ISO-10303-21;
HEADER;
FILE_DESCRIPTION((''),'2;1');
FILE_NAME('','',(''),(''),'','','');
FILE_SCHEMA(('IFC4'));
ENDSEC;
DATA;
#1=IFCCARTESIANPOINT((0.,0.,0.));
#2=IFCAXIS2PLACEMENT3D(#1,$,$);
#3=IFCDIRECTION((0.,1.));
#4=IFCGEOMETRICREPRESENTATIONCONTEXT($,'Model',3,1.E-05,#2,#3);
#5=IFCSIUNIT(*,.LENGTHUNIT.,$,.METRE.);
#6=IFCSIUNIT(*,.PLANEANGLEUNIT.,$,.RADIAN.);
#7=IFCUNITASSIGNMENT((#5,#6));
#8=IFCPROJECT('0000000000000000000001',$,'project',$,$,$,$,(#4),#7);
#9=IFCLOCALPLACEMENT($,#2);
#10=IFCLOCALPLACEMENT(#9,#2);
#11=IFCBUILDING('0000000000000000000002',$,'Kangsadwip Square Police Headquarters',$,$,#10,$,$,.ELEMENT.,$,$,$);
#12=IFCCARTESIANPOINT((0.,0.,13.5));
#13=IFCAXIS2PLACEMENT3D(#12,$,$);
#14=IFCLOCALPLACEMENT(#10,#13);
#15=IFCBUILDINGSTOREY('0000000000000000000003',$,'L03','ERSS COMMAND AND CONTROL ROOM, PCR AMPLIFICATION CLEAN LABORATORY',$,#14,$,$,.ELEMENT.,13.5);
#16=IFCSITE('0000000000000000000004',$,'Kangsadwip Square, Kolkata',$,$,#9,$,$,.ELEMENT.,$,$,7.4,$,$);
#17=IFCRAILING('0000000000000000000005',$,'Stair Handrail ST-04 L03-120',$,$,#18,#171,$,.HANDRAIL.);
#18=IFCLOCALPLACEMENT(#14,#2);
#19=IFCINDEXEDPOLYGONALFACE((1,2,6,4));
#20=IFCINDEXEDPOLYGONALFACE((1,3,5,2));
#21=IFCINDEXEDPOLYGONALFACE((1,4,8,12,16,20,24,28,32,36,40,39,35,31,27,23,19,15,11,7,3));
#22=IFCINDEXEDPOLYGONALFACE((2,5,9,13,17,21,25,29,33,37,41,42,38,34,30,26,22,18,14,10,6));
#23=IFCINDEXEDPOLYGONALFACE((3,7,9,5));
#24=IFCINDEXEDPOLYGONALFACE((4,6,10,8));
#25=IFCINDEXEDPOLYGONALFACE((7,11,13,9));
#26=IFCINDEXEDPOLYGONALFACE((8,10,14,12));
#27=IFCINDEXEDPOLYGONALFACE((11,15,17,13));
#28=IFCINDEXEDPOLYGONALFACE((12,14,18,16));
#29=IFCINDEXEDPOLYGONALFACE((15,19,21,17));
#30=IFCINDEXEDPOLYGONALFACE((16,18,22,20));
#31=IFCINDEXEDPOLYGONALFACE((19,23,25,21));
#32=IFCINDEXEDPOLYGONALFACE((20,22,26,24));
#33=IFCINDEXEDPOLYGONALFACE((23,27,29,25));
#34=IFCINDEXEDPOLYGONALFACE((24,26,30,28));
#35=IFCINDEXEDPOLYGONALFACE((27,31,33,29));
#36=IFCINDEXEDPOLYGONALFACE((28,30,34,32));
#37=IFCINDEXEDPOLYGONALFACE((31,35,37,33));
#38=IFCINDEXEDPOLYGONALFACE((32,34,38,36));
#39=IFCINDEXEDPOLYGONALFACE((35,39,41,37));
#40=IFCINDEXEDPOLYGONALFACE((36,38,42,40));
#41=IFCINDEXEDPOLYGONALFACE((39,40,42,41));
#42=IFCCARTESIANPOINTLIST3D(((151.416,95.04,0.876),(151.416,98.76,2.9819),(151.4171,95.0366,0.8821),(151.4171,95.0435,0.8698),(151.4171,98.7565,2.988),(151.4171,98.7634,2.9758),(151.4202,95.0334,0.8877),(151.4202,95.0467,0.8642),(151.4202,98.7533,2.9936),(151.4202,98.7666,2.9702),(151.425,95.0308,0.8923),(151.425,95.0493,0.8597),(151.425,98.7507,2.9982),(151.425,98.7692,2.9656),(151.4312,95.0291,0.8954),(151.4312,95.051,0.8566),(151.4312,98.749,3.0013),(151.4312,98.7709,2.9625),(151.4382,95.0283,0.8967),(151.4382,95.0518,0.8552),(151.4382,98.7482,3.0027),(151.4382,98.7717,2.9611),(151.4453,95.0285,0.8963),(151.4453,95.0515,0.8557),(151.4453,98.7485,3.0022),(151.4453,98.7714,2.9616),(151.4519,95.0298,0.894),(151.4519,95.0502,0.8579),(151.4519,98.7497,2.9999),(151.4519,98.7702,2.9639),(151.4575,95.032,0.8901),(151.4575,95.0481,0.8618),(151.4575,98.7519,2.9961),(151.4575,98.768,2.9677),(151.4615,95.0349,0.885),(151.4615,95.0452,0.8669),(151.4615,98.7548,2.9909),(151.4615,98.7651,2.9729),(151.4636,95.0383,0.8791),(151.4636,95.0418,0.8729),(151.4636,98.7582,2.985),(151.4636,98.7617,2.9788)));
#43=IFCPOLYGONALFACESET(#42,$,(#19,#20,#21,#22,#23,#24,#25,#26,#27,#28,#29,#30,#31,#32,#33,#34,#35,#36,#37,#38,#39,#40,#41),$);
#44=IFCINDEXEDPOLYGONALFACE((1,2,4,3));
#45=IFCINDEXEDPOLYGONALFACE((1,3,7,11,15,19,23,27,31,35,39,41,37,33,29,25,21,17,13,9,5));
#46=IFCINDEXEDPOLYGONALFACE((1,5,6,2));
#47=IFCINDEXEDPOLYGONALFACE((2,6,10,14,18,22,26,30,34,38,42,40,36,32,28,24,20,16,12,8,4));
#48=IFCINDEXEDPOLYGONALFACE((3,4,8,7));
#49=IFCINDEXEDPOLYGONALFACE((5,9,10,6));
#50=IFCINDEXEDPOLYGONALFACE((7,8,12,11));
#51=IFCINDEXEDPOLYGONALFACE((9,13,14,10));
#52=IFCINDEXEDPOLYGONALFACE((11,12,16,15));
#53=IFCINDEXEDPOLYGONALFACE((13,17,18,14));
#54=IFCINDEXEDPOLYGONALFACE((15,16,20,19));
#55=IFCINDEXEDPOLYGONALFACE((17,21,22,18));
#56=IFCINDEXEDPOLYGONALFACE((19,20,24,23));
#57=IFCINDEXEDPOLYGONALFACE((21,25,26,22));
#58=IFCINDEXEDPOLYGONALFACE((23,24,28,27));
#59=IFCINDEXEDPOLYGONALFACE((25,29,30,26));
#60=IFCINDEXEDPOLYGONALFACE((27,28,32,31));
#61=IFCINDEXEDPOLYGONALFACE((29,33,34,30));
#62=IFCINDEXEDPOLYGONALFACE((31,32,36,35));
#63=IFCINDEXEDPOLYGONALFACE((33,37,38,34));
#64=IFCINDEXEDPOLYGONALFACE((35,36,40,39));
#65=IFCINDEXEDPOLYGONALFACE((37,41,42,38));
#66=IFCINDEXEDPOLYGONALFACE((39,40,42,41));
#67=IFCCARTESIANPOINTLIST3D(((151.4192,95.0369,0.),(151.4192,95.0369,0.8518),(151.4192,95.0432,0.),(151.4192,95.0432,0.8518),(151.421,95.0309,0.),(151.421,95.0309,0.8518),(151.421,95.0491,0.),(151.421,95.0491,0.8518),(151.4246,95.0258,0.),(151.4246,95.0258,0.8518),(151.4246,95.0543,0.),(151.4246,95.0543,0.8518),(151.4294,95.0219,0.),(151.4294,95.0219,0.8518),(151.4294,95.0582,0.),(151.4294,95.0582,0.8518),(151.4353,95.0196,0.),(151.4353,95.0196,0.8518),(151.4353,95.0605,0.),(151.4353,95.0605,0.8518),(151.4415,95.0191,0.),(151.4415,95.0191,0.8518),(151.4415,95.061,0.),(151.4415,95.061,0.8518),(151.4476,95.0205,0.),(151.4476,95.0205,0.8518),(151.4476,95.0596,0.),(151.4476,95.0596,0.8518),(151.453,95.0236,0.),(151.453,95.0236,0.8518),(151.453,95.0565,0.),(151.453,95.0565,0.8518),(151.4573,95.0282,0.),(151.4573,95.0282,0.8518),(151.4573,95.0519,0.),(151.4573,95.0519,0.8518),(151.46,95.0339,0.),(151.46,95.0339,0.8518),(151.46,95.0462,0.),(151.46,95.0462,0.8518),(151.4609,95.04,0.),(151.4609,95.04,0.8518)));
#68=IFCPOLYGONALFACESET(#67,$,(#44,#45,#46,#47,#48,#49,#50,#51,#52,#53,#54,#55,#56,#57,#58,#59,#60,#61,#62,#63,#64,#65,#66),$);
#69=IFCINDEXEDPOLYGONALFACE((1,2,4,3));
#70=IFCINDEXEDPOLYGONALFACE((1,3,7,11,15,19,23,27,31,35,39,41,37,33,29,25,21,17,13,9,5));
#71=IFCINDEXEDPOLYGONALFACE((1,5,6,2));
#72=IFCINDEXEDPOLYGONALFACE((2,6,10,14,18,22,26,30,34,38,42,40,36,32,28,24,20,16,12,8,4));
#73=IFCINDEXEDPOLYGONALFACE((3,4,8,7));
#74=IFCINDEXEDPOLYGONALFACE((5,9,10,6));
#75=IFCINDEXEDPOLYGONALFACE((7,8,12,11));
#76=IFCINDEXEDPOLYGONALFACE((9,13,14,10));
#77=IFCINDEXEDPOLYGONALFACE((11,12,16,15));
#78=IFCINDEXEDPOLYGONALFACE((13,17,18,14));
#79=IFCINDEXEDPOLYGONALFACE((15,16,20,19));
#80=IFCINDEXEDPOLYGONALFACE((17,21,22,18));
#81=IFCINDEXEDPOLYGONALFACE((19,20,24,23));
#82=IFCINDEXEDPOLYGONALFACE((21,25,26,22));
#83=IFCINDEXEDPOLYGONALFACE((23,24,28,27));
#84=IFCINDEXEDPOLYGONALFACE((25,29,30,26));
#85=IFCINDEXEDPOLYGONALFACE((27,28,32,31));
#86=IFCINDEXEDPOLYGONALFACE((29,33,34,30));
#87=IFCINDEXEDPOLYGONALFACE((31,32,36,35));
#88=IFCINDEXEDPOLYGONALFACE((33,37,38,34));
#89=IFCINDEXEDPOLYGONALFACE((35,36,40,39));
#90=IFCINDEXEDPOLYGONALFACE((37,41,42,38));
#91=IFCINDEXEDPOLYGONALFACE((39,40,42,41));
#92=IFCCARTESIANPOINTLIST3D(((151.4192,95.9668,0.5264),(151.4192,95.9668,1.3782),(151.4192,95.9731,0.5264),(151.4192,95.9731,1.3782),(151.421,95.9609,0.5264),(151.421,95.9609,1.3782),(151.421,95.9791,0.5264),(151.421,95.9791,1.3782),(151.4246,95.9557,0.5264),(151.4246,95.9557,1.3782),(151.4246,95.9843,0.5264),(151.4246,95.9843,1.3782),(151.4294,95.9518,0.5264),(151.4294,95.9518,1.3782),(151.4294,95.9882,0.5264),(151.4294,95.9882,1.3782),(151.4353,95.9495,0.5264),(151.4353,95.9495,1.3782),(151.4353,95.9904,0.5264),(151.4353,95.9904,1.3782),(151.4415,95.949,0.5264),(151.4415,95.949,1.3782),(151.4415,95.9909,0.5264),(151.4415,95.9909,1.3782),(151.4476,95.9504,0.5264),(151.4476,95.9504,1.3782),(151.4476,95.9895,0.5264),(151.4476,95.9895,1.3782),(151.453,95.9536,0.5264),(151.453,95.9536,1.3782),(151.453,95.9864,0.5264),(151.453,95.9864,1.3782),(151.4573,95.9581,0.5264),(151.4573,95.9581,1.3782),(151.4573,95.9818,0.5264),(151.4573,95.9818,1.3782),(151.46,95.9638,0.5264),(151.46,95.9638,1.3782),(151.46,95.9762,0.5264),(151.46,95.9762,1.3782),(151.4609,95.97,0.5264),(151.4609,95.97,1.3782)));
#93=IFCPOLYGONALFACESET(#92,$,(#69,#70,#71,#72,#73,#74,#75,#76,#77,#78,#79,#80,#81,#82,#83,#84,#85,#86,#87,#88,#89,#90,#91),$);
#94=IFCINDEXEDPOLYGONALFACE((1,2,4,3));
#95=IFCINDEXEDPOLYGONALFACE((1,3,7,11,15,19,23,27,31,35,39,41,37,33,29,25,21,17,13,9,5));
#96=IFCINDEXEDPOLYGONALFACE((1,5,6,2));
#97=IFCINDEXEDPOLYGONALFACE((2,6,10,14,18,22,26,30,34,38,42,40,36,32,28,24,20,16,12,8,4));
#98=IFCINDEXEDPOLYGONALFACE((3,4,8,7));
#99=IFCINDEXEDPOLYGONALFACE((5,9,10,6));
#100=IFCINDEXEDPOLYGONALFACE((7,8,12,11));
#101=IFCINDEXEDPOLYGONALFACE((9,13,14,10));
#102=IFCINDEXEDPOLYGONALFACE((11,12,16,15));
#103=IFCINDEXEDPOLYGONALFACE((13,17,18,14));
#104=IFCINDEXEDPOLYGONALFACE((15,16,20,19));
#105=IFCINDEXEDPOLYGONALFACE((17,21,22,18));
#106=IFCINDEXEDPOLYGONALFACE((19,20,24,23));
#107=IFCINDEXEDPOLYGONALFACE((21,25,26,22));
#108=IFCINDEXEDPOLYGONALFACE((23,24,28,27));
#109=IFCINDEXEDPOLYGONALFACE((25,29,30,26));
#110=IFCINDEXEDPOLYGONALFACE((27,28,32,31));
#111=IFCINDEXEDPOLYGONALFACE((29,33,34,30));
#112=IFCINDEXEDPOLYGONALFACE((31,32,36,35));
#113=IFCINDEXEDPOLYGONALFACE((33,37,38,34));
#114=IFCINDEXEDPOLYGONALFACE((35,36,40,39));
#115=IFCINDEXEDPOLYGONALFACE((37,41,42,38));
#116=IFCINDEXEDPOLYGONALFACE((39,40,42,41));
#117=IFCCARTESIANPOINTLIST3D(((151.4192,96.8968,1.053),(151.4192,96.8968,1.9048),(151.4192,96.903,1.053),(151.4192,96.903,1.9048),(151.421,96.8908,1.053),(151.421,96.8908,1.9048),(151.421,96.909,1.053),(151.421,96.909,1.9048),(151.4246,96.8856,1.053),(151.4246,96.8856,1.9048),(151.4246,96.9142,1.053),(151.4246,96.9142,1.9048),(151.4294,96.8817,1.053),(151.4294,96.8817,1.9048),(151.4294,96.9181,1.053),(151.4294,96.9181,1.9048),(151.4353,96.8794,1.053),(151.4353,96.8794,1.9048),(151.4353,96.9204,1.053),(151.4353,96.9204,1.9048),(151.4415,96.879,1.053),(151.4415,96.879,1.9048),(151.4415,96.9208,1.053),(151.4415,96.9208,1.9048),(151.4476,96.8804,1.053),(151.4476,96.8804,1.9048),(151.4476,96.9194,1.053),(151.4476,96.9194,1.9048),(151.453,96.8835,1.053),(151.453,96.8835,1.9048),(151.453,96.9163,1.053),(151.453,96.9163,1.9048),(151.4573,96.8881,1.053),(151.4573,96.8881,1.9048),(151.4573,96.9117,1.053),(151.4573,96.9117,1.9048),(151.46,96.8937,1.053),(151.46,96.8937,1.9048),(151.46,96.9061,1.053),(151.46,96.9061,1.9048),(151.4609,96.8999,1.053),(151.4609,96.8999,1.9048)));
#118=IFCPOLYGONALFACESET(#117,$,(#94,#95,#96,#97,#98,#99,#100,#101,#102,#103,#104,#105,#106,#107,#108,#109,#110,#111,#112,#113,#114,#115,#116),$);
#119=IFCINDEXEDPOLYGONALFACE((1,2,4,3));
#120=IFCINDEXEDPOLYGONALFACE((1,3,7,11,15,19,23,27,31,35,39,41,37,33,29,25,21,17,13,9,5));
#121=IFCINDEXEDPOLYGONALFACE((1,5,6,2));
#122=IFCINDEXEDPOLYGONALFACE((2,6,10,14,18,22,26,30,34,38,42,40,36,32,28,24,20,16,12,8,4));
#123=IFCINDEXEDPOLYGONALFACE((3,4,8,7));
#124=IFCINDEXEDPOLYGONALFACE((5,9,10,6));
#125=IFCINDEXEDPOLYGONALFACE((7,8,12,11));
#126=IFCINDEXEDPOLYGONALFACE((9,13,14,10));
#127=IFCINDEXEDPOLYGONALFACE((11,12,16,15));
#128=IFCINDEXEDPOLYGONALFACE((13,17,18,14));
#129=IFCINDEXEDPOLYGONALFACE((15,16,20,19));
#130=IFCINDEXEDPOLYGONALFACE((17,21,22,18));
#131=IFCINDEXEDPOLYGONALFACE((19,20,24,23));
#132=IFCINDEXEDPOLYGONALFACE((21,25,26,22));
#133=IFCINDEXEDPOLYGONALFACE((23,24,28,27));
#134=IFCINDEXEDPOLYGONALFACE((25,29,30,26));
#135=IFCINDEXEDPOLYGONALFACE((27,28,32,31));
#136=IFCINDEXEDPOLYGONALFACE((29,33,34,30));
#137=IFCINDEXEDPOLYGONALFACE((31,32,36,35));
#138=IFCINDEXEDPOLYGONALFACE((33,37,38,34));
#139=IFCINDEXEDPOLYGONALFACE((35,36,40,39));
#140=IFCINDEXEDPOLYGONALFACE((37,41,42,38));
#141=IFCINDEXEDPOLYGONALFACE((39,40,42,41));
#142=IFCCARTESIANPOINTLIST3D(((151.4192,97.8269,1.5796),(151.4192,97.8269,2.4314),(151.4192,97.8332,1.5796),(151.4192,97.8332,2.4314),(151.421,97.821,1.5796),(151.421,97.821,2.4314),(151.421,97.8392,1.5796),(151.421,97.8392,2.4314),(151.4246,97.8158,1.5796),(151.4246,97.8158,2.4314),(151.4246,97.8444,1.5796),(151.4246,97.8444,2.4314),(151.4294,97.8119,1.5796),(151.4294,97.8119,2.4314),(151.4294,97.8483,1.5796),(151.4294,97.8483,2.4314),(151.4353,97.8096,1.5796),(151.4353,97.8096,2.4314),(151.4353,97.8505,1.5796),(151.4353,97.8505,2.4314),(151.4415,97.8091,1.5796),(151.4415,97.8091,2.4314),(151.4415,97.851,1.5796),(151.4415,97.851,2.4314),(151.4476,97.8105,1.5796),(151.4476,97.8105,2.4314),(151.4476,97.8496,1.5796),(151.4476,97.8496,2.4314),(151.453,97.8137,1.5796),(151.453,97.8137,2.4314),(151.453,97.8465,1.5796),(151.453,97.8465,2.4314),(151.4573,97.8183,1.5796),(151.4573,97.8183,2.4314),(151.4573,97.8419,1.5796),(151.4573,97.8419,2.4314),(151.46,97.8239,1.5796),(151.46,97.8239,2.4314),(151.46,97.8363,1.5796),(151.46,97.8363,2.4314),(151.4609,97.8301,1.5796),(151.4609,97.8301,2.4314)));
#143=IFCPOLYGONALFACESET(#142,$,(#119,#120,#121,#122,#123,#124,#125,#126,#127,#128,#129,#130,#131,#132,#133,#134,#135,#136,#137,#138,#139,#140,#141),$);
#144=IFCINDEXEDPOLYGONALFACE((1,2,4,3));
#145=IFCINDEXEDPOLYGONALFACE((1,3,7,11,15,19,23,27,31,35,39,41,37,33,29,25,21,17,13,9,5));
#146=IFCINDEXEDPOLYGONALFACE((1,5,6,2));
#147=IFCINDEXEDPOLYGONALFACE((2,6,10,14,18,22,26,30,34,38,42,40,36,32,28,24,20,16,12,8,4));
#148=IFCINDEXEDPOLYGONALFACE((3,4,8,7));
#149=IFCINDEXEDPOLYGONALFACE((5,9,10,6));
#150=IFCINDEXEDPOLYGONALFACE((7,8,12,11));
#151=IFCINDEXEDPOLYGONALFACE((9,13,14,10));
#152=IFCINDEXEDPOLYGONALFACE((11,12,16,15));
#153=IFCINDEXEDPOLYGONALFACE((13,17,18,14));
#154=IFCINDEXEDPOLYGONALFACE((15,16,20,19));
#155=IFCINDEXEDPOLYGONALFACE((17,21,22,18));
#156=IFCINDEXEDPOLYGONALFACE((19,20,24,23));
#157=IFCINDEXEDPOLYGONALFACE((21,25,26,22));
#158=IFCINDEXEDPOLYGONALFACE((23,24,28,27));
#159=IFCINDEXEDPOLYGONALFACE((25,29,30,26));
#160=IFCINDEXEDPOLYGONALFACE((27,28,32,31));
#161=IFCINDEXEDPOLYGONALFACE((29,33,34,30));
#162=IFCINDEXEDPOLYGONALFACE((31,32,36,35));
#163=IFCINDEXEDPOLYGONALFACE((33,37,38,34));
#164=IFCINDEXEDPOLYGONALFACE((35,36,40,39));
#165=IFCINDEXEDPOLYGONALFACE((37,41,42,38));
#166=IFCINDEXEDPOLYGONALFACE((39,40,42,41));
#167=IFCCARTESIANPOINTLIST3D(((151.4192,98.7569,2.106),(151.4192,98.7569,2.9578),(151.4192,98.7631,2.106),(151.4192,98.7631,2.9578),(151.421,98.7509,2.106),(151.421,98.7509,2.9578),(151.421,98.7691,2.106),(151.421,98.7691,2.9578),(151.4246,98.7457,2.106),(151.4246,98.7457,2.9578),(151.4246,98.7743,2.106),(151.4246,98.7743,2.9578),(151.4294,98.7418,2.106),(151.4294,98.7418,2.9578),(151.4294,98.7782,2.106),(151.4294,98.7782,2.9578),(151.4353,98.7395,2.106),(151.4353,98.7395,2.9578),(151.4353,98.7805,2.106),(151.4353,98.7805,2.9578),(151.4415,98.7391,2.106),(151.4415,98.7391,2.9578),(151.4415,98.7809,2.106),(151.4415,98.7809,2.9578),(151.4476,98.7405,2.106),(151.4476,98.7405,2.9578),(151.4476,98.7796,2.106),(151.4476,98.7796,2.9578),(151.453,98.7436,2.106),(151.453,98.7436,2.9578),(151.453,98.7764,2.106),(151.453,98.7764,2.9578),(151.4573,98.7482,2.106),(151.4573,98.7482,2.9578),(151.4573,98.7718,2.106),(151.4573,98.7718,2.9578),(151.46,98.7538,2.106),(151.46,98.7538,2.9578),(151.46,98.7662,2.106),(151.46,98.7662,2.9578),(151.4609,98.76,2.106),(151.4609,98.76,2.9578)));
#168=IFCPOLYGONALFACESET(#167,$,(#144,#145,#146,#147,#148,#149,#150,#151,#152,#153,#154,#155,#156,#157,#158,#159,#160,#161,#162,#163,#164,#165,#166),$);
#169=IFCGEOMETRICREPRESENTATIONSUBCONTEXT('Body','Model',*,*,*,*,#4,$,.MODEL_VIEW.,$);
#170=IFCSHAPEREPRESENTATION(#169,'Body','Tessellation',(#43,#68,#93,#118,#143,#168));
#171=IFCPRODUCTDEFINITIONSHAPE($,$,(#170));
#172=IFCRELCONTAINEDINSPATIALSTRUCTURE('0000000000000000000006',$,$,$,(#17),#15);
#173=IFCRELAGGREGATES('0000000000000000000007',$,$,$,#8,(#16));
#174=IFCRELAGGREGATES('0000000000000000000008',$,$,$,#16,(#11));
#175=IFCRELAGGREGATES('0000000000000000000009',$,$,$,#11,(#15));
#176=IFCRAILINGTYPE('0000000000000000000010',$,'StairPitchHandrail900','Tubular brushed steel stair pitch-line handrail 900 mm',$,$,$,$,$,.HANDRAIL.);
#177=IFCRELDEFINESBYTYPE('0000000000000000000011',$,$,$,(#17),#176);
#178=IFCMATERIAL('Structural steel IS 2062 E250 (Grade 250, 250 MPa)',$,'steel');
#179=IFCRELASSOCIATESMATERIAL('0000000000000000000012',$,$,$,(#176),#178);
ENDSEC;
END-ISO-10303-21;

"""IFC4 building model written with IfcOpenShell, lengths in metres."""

from ifc_helpers import new_model, si_unit, direction, frame, origin, origin_2d, place, context, subcontext, project, spatial, circle, extrude, material, type_object, element, save


model = new_model("IFC4")

# Units and contexts
model_context = context("Model", 3, precision=1e-05, world=origin(), true_north=direction((0.0, 1.0)))
body_context = subcontext(model_context, "Body", "Model", "MODEL_VIEW")
ifc_project = project(units=[si_unit("LENGTHUNIT", "METRE"), si_unit("PLANEANGLEUNIT", "RADIAN")], contexts=[model_context])

# Site, building, storey
site_placement = place(None, origin())
site = spatial("IfcSite", under=ifc_project, at=site_placement, Name="Kangsadwip Square, Kolkata", CompositionType="ELEMENT", RefElevation=7.4)
building_placement = place(site_placement, origin())
building = spatial("IfcBuilding", under=site, at=building_placement, Name="Kangsadwip Square Police Headquarters", CompositionType="ELEMENT")
storey_placement = place(building_placement, frame((0.0, 0.0, 13.5)))
storey = spatial("IfcBuildingStorey", under=building, at=storey_placement, Name="L03", Description="ERSS COMMAND AND CONTROL ROOM, PCR AMPLIFICATION CLEAN LABORATORY", CompositionType="ELEMENT", Elevation=13.5)

# Railing
ifc_material_1 = material(Name="Structural steel IS 2062 E250 (Grade 250, 250 MPa)", Category="steel")
railing_type_1 = type_object("IfcRailingType", Name="StairPitchHandrail900", Description="Tubular brushed steel stair pitch-line handrail 900 mm", PredefinedType="HANDRAIL", material=ifc_material_1)
railing_1_placement = place(storey_placement, frame((151.4399, 95.04, 0.0)))
element("IfcRailing", 1, at=railing_1_placement, inside=storey, type_object=railing_type_1, Name="Stair Handrail ST-04 L03-120", PredefinedType="HANDRAIL", context=body_context, shape_type="SweptSolid", body=[
    extrude(circle(Radius=0.0239, at=origin_2d()), frame((0.0, 0.0, 0.876), z_axis=(0.0, 0.870225, 0.492654), x_axis=(-1.0, 0.0, 0.0)), (0.0, 0.0, 1.0), 4.2747),
    extrude(circle(Radius=0.021, at=origin_2d()), origin(), (0.0, 0.0, 1.0), 0.8518),
    extrude(circle(Radius=0.021, at=origin_2d()), frame((0.0, 0.9299, 0.5264)), (0.0, 0.0, 1.0), 0.8518),
    extrude(circle(Radius=0.021, at=origin_2d()), frame((0.0, 1.8599, 1.053)), (0.0, 0.0, 1.0), 0.8518),
    extrude(circle(Radius=0.021, at=origin_2d()), frame((0.0, 2.79, 1.5796)), (0.0, 0.0, 1.0), 0.8518),
    extrude(circle(Radius=0.021, at=origin_2d()), frame((0.0, 3.72, 2.106)), (0.0, 0.0, 1.0), 0.8518),
])

save(model, "model.ifc")
